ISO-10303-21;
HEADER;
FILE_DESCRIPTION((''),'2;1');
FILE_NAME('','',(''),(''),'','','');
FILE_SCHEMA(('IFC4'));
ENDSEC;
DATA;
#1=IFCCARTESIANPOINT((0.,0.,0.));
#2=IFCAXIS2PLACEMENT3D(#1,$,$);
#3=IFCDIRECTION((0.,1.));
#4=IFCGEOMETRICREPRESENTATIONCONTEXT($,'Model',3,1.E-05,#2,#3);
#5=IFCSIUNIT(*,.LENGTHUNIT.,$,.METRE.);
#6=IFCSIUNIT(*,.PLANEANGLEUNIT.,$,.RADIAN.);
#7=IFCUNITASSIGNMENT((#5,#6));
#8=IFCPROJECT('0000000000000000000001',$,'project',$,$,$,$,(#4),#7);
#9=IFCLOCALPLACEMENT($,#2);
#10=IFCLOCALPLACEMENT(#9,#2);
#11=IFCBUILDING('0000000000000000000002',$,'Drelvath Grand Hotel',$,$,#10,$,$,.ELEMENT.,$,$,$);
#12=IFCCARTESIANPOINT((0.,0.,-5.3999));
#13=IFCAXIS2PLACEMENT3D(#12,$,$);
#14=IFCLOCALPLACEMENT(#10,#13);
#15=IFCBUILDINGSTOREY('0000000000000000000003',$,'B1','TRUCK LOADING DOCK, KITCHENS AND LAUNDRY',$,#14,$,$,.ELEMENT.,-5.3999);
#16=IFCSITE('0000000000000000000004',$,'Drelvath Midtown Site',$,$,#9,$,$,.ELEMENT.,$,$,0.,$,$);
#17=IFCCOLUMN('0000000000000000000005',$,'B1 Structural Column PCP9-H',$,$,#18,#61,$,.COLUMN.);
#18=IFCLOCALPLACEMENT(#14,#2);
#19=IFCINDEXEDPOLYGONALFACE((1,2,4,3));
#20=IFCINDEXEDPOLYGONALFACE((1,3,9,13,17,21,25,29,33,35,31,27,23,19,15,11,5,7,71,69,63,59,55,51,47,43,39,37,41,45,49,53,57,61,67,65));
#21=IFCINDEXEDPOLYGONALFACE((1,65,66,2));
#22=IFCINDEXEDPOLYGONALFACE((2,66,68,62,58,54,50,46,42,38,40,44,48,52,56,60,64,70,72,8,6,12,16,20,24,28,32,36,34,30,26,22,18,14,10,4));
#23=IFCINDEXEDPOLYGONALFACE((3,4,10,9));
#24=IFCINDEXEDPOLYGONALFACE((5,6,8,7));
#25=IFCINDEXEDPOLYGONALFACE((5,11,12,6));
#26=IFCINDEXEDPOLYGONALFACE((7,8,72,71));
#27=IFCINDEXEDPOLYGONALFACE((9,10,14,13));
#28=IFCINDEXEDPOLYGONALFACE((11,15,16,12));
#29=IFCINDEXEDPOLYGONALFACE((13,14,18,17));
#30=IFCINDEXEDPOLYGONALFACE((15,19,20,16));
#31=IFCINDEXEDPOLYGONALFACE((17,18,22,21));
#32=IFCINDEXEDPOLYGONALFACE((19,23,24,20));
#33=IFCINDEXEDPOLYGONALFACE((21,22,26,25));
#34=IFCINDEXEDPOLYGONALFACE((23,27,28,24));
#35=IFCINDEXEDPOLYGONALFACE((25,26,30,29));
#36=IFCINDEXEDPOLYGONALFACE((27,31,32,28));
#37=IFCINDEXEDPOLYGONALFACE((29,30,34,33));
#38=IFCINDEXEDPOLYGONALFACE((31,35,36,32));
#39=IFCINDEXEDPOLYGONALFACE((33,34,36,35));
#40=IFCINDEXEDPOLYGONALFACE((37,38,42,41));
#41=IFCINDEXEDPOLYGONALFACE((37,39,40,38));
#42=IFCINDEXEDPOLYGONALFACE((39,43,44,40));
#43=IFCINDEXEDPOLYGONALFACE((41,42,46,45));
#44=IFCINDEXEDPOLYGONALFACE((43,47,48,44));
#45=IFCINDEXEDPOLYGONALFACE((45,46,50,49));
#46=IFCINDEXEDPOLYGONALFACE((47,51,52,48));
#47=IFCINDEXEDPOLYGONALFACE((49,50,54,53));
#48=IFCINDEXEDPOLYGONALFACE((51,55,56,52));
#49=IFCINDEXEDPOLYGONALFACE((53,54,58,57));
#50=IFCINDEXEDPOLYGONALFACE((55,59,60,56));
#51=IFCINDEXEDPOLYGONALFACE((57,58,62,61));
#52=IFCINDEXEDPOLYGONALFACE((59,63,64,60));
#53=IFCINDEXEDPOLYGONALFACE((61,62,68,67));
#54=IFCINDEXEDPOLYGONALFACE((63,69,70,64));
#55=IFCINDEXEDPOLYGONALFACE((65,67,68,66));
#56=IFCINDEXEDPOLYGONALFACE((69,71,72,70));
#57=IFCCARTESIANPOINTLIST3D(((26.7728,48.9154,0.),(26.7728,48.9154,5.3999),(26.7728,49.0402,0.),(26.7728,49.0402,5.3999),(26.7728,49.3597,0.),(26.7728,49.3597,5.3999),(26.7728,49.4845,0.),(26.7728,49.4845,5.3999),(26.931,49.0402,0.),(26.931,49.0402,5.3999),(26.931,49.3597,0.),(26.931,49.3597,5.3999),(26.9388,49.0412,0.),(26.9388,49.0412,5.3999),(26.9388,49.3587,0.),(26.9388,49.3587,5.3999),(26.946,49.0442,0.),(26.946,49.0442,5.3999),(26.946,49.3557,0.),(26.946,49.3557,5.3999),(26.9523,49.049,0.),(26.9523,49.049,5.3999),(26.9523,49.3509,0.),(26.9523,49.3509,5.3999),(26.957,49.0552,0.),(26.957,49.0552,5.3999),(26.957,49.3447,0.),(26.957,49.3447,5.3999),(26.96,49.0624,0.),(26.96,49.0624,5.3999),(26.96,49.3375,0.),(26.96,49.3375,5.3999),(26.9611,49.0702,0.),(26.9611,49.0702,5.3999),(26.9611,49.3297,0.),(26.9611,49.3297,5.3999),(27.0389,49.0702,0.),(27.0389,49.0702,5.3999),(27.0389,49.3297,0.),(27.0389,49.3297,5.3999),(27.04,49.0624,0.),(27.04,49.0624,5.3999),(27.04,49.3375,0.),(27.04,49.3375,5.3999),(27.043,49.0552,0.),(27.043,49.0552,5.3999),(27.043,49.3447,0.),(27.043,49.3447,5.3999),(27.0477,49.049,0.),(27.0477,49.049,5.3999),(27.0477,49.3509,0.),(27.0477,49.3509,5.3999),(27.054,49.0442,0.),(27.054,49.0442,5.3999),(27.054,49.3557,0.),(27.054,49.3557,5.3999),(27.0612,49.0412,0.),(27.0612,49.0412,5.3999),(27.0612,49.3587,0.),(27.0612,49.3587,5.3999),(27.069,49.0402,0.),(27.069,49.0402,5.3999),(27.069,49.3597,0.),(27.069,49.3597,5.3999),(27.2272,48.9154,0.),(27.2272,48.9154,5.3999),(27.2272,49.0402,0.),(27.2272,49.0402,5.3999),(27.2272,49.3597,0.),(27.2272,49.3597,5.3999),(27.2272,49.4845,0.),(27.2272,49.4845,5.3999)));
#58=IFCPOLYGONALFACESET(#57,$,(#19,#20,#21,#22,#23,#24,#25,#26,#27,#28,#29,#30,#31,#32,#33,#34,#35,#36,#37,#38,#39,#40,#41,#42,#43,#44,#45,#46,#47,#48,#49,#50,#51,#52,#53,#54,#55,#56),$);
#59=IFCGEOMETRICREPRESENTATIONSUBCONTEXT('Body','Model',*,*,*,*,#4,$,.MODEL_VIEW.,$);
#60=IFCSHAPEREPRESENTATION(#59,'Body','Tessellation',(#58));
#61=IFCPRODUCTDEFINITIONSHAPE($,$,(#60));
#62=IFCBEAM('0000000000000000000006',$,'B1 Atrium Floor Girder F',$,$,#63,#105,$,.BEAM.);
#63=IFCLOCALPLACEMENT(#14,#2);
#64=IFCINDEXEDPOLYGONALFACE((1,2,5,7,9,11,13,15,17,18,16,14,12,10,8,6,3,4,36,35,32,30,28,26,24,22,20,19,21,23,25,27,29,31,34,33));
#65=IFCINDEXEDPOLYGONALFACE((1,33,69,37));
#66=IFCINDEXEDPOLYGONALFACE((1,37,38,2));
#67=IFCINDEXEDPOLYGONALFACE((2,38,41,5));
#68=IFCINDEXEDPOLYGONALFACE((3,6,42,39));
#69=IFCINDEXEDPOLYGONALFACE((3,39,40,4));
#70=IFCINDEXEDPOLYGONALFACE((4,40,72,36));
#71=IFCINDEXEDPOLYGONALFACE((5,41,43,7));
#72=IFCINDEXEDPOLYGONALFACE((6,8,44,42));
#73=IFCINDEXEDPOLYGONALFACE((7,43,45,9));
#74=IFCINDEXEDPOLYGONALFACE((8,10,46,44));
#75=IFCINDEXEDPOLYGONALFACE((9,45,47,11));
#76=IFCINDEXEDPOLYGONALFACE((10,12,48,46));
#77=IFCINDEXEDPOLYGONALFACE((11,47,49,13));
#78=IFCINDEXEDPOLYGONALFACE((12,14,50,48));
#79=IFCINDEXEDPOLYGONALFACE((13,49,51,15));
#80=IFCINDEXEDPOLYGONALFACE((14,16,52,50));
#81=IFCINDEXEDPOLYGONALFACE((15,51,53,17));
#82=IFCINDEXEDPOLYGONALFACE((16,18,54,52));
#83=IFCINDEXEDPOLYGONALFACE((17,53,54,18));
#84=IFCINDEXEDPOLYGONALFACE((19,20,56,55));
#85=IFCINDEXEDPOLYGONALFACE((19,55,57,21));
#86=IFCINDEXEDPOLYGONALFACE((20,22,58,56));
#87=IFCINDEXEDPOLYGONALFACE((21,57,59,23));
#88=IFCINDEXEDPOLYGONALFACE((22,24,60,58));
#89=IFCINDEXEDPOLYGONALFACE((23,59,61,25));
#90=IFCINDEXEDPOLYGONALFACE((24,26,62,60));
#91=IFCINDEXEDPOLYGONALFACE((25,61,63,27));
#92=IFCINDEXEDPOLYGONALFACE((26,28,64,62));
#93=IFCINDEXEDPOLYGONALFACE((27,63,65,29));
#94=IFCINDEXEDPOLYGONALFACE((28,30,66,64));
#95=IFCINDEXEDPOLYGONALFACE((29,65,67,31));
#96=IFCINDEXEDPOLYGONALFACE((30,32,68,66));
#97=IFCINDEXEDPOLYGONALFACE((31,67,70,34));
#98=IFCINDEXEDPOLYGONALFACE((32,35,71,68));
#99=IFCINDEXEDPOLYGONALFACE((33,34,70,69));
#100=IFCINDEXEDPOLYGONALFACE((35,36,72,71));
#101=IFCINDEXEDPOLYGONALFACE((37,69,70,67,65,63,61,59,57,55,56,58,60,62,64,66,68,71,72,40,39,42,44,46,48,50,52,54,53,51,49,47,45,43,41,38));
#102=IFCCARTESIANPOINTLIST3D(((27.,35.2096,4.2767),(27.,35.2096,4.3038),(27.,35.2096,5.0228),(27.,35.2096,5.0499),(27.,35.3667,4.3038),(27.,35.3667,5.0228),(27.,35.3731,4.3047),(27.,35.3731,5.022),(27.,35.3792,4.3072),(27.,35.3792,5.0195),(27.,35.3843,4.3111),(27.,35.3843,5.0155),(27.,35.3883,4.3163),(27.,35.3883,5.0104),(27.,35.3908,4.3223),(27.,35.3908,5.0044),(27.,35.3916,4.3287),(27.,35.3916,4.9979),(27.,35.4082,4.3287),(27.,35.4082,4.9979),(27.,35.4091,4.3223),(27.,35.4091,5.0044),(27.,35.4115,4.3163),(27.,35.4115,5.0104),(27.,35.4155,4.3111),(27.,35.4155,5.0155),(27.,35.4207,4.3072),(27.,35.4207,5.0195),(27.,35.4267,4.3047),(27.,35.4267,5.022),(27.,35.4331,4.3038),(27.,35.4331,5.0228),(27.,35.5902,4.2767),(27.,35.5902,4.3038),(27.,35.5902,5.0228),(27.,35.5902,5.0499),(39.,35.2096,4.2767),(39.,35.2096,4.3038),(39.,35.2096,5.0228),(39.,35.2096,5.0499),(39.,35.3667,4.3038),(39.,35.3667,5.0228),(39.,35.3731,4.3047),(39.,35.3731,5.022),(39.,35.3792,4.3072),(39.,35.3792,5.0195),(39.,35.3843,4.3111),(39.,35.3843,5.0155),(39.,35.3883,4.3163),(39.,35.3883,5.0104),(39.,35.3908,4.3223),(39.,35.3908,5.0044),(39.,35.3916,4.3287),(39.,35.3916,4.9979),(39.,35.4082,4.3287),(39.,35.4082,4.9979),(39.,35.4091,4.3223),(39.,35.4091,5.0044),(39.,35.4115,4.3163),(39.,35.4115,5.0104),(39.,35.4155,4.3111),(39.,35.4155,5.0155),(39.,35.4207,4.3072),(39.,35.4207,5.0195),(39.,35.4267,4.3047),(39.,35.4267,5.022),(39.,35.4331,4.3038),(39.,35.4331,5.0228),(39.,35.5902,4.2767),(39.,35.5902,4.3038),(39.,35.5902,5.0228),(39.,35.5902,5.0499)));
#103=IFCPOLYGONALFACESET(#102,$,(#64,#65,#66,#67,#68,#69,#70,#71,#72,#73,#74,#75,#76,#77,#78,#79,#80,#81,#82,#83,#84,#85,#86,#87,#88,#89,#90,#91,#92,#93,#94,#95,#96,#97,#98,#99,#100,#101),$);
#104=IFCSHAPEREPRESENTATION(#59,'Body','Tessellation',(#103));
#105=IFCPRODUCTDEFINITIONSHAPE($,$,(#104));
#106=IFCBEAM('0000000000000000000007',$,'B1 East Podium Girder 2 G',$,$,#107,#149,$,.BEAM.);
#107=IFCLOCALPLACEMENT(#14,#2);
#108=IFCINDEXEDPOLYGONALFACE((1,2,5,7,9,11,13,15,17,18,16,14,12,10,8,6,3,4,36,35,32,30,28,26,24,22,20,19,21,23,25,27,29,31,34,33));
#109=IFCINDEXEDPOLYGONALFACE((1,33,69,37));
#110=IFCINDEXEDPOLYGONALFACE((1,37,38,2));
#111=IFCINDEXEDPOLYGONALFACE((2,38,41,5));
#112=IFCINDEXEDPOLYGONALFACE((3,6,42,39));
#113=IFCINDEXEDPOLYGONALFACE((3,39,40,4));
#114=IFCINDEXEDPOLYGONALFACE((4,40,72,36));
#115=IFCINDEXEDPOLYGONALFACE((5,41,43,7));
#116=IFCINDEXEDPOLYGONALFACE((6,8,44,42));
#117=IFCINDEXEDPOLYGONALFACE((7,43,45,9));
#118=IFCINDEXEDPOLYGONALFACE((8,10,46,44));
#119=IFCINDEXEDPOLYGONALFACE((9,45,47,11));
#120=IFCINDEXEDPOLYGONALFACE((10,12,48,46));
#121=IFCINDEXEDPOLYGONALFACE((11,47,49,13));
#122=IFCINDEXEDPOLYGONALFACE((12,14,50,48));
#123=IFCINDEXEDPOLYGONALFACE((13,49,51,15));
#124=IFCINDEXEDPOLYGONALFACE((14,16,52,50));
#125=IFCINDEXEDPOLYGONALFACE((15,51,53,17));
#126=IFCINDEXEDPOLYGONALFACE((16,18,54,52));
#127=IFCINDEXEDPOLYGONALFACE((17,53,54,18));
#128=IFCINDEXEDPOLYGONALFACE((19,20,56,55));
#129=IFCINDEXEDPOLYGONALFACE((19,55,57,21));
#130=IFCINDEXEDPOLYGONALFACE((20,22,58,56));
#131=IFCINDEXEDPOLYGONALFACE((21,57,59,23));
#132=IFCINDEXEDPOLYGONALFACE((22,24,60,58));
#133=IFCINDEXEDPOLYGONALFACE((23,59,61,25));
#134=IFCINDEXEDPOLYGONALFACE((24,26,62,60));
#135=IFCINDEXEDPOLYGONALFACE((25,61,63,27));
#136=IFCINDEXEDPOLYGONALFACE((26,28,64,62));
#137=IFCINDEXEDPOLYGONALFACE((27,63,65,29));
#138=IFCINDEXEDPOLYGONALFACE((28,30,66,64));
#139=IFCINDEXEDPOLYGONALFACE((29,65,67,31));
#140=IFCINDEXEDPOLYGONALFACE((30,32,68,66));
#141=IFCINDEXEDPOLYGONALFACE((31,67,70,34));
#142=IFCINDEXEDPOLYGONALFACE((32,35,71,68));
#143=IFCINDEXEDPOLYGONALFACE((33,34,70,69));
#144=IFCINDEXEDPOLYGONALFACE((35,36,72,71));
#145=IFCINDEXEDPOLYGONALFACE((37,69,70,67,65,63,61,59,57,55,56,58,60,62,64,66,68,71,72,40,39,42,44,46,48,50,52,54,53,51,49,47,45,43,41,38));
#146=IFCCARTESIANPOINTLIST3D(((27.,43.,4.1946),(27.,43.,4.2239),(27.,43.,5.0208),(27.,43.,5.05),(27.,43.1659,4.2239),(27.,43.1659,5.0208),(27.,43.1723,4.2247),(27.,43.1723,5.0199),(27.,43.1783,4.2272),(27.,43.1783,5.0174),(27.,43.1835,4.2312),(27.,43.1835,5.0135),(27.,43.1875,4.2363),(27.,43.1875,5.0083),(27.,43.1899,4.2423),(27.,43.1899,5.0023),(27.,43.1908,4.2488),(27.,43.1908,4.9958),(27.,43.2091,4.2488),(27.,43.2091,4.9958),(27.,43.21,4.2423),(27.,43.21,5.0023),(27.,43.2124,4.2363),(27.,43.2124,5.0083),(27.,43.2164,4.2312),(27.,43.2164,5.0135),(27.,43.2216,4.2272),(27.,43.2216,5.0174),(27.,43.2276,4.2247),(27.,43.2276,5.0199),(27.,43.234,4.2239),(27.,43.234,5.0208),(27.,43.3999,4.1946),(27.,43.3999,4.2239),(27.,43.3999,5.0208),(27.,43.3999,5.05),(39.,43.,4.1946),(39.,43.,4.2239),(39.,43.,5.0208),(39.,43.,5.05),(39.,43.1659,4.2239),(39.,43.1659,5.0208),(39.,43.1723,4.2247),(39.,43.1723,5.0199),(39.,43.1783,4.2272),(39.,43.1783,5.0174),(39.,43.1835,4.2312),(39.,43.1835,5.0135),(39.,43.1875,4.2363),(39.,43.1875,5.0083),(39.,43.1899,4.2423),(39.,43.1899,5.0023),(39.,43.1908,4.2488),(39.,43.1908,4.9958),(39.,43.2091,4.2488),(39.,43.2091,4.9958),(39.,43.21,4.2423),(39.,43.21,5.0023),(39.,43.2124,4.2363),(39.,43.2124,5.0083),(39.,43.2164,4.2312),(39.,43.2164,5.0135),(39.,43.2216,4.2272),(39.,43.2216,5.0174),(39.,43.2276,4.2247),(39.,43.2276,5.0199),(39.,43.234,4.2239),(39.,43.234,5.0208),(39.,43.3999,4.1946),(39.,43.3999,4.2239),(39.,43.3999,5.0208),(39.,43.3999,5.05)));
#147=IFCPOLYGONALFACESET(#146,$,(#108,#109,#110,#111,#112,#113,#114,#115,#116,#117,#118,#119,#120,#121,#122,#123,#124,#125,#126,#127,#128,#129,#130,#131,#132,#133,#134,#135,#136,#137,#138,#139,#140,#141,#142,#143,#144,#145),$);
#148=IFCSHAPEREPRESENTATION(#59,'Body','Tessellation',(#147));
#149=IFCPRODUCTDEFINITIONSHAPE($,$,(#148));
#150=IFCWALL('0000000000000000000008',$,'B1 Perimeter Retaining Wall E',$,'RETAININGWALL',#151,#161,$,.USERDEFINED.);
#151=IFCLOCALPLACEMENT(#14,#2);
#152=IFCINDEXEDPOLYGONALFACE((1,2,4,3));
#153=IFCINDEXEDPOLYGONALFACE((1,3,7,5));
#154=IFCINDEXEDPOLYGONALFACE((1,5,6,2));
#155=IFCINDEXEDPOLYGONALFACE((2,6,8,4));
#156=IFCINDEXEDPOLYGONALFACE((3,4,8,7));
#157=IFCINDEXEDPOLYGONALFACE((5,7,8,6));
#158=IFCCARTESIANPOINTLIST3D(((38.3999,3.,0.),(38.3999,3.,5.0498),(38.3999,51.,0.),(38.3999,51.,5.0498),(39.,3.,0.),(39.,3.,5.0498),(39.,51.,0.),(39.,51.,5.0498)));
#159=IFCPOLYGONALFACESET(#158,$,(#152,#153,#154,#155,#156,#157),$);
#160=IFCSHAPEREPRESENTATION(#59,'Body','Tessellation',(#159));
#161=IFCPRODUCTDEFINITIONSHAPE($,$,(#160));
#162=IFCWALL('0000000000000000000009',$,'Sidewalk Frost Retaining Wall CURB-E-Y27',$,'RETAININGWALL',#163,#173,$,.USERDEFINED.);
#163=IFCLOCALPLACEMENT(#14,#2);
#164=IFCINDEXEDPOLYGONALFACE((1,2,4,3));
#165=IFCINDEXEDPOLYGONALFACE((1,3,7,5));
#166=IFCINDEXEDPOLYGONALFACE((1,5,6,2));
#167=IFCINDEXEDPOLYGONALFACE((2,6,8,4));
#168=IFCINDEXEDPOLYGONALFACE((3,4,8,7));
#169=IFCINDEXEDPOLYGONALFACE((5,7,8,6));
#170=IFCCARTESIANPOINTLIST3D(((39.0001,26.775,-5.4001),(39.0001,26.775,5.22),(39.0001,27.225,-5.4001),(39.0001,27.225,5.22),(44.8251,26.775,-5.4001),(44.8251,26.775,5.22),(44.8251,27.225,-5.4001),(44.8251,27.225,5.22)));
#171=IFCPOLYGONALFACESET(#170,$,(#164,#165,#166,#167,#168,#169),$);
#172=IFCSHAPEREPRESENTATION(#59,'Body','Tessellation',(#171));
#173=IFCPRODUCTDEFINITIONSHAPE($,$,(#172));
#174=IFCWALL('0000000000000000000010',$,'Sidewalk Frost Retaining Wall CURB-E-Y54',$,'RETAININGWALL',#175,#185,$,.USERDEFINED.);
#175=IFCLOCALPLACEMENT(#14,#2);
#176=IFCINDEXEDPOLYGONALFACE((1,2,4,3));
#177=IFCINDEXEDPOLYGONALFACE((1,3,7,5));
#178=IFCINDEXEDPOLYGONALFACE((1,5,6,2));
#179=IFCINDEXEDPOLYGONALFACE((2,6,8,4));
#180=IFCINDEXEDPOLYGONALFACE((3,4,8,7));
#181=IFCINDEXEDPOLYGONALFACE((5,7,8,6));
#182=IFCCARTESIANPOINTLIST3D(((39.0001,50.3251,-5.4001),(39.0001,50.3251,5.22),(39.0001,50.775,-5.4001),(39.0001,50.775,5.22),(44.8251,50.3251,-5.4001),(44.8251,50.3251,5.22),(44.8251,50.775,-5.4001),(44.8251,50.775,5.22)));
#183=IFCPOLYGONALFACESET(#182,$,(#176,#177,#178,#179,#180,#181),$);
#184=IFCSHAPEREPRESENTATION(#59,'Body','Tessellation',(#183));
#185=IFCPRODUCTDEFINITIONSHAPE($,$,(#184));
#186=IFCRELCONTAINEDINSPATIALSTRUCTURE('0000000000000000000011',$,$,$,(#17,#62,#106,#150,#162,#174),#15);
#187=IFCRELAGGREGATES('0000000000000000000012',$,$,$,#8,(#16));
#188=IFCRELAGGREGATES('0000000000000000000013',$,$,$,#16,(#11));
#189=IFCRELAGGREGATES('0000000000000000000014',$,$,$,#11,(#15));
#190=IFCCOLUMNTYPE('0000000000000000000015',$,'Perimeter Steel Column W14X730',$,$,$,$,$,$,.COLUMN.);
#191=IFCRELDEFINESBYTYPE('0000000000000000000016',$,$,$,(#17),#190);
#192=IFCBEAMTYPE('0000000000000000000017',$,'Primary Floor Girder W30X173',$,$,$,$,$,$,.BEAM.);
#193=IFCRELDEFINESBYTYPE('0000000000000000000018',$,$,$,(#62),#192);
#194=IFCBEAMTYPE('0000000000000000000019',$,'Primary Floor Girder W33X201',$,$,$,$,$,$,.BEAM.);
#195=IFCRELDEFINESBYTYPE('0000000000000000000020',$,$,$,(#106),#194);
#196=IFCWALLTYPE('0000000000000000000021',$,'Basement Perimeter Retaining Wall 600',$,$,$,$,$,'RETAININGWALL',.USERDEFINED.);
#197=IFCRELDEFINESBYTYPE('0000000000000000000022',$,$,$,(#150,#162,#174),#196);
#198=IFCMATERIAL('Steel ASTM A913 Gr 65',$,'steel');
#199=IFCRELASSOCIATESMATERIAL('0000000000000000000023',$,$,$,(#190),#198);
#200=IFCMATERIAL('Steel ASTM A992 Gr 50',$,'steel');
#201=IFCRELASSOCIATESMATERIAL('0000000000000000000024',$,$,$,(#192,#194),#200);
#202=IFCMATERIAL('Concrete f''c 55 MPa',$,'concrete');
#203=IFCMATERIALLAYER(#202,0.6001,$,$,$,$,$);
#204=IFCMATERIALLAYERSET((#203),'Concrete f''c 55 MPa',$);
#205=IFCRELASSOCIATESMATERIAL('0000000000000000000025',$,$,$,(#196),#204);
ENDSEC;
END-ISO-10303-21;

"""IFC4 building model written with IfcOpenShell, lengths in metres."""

from ifc_helpers import new_model, si_unit, direction, frame, frame_2d, origin, origin_2d, place, context, subcontext, project, spatial, rectangle, i_section, extrude, material, layer, layer_set, material_profile, profile_set, type_object, element, save


model = new_model("IFC4")

# Units and contexts
model_context = context("Model", 3, precision=1e-05, world=origin(), true_north=direction((0.0, 1.0)))
body_context = subcontext(model_context, "Body", "Model", "MODEL_VIEW")
ifc_project = project(units=[si_unit("LENGTHUNIT", "METRE"), si_unit("PLANEANGLEUNIT", "RADIAN")], contexts=[model_context])

# Site, building, storey
site_placement = place(None, origin())
site = spatial("IfcSite", under=ifc_project, at=site_placement, Name="Drelvath Midtown Site", CompositionType="ELEMENT", RefElevation=0.0)
building_placement = place(site_placement, origin())
building = spatial("IfcBuilding", under=site, at=building_placement, Name="Drelvath Grand Hotel", CompositionType="ELEMENT")
storey_placement = place(building_placement, frame((0.0, 0.0, -5.3999)))
storey = spatial("IfcBuildingStorey", under=building, at=storey_placement, Name="B1", Description="TRUCK LOADING DOCK, KITCHENS AND LAUNDRY", CompositionType="ELEMENT", Elevation=-5.3999)

# Column
ifc_material_1 = material(Name="Steel ASTM A913 Gr 65", Category="steel")
ifc_material_profile_1 = material_profile(ifc_material_1, i_section(OverallWidth=0.4543, OverallDepth=0.5691, WebThickness=0.0779, FlangeThickness=0.1248, FilletRadius=0.03, at=origin_2d()), Name="W14X730")
ifc_profile_set_1 = profile_set([ifc_material_profile_1], Name="Steel ASTM A913 Gr 65")
column_type_1 = type_object("IfcColumnType", Name="Perimeter Steel Column W14X730", PredefinedType="COLUMN", material=ifc_profile_set_1)
for number, where, z_axis, x_axis, name in (
    (1, (27.0, 49.2, 0.0), (0.0, 0.0, 1.0), (1.0, 0.0, 0.0), "B1 Structural Column PCP9-H"),
):
    element("IfcColumn", number, at=place(storey_placement, frame(where, z_axis=z_axis, x_axis=x_axis)), inside=storey, type_object=column_type_1, Name=name, PredefinedType="COLUMN", context=body_context, shape_type="SweptSolid", body=[
        extrude(i_section(OverallWidth=0.4543, OverallDepth=0.5691, WebThickness=0.0779, FlangeThickness=0.1248, FilletRadius=0.03, at=origin_2d()), origin(), (0.0, 0.0, 1.0), 5.3999),
    ])

# Beams
ifc_material_2 = material(Name="Steel ASTM A992 Gr 50", Category="steel")
ifc_material_profile_2 = material_profile(ifc_material_2, i_section(OverallWidth=0.3806, OverallDepth=0.7732, WebThickness=0.0166, FlangeThickness=0.0271, FilletRadius=0.0249, at=origin_2d()), Name="W30X173")
ifc_profile_set_2 = profile_set([ifc_material_profile_2], Name="Steel ASTM A992 Gr 50")
beam_type_1 = type_object("IfcBeamType", Name="Primary Floor Girder W30X173", PredefinedType="BEAM", material=ifc_profile_set_2)
beam_1_placement = place(storey_placement, frame((27.0, 35.3999, 4.6633), z_axis=(1.0, 0.0, 0.0), x_axis=(0.0, 1.0, 0.0)))
element("IfcBeam", 2, at=beam_1_placement, inside=storey, type_object=beam_type_1, Name="B1 Atrium Floor Girder F", PredefinedType="BEAM", context=body_context, shape_type="SweptSolid", body=[
    extrude(i_section(OverallWidth=0.3806, OverallDepth=0.7732, WebThickness=0.0166, FlangeThickness=0.0271, FilletRadius=0.0249, at=origin_2d()), origin(), (0.0, 0.0, 1.0), 12.0),
])
ifc_material_profile_3 = material_profile(ifc_material_2, i_section(OverallWidth=0.3999, OverallDepth=0.8555, WebThickness=0.0183, FlangeThickness=0.0293, FilletRadius=0.0249, at=origin_2d()), Name="W33X201")
ifc_profile_set_3 = profile_set([ifc_material_profile_3], Name="Steel ASTM A992 Gr 50")
beam_type_2 = type_object("IfcBeamType", Name="Primary Floor Girder W33X201", PredefinedType="BEAM", material=ifc_profile_set_3)
beam_2_placement = place(storey_placement, frame((27.0, 43.2, 4.6223), z_axis=(1.0, 0.0, 0.0), x_axis=(0.0, 1.0, 0.0)))
element("IfcBeam", 3, at=beam_2_placement, inside=storey, type_object=beam_type_2, Name="B1 East Podium Girder 2 G", PredefinedType="BEAM", context=body_context, shape_type="SweptSolid", body=[
    extrude(i_section(OverallWidth=0.3999, OverallDepth=0.8555, WebThickness=0.0183, FlangeThickness=0.0293, FilletRadius=0.0249, at=origin_2d()), origin(), (0.0, 0.0, 1.0), 12.0),
])

# Walls
ifc_material_3 = material(Name="Concrete f'c 55 MPa", Category="concrete")
ifc_layer_1 = layer(ifc_material_3, 0.6001)
ifc_layer_set_1 = layer_set([ifc_layer_1], Name="Concrete f'c 55 MPa")
wall_type_1 = type_object("IfcWallType", Name="Basement Perimeter Retaining Wall 600", ElementType="RETAININGWALL", PredefinedType="USERDEFINED", material=ifc_layer_set_1)
wall_1_placement = place(storey_placement, frame((38.7, 51.0, 0.0), z_axis=(0.0, 0.0, 1.0), x_axis=(0.0, -1.0, 0.0)))
element("IfcWall", 4, at=wall_1_placement, inside=storey, type_object=wall_type_1, Name="B1 Perimeter Retaining Wall E", ObjectType="RETAININGWALL", PredefinedType="USERDEFINED", context=body_context, shape_type="SweptSolid", body=[
    extrude(rectangle(XDim=48.0, YDim=0.6001, at=frame_2d((24.0, 0.0))), origin(), (0.0, 0.0, 1.0), 5.0498),
])
for number, where, z_axis, x_axis, name in (
    (5, (39.0, 27.0, -5.4001), (0.0, 0.0, 1.0), (1.0, 0.0, 0.0), "Sidewalk Frost Retaining Wall CURB-E-Y27"),
    (6, (39.0, 50.55, -5.4001), (0.0, 0.0, 1.0), (1.0, 0.0, 0.0), "Sidewalk Frost Retaining Wall CURB-E-Y54"),
):
    element("IfcWall", number, at=place(storey_placement, frame(where, z_axis=z_axis, x_axis=x_axis)), inside=storey, type_object=wall_type_1, Name=name, ObjectType="RETAININGWALL", PredefinedType="USERDEFINED", context=body_context, shape_type="SweptSolid", body=[
        extrude(rectangle(XDim=5.825, YDim=0.45, at=frame_2d((2.9126, 0.0))), origin(), (0.0, 0.0, 1.0), 10.6201),
    ])

save(model, "model.ifc")
